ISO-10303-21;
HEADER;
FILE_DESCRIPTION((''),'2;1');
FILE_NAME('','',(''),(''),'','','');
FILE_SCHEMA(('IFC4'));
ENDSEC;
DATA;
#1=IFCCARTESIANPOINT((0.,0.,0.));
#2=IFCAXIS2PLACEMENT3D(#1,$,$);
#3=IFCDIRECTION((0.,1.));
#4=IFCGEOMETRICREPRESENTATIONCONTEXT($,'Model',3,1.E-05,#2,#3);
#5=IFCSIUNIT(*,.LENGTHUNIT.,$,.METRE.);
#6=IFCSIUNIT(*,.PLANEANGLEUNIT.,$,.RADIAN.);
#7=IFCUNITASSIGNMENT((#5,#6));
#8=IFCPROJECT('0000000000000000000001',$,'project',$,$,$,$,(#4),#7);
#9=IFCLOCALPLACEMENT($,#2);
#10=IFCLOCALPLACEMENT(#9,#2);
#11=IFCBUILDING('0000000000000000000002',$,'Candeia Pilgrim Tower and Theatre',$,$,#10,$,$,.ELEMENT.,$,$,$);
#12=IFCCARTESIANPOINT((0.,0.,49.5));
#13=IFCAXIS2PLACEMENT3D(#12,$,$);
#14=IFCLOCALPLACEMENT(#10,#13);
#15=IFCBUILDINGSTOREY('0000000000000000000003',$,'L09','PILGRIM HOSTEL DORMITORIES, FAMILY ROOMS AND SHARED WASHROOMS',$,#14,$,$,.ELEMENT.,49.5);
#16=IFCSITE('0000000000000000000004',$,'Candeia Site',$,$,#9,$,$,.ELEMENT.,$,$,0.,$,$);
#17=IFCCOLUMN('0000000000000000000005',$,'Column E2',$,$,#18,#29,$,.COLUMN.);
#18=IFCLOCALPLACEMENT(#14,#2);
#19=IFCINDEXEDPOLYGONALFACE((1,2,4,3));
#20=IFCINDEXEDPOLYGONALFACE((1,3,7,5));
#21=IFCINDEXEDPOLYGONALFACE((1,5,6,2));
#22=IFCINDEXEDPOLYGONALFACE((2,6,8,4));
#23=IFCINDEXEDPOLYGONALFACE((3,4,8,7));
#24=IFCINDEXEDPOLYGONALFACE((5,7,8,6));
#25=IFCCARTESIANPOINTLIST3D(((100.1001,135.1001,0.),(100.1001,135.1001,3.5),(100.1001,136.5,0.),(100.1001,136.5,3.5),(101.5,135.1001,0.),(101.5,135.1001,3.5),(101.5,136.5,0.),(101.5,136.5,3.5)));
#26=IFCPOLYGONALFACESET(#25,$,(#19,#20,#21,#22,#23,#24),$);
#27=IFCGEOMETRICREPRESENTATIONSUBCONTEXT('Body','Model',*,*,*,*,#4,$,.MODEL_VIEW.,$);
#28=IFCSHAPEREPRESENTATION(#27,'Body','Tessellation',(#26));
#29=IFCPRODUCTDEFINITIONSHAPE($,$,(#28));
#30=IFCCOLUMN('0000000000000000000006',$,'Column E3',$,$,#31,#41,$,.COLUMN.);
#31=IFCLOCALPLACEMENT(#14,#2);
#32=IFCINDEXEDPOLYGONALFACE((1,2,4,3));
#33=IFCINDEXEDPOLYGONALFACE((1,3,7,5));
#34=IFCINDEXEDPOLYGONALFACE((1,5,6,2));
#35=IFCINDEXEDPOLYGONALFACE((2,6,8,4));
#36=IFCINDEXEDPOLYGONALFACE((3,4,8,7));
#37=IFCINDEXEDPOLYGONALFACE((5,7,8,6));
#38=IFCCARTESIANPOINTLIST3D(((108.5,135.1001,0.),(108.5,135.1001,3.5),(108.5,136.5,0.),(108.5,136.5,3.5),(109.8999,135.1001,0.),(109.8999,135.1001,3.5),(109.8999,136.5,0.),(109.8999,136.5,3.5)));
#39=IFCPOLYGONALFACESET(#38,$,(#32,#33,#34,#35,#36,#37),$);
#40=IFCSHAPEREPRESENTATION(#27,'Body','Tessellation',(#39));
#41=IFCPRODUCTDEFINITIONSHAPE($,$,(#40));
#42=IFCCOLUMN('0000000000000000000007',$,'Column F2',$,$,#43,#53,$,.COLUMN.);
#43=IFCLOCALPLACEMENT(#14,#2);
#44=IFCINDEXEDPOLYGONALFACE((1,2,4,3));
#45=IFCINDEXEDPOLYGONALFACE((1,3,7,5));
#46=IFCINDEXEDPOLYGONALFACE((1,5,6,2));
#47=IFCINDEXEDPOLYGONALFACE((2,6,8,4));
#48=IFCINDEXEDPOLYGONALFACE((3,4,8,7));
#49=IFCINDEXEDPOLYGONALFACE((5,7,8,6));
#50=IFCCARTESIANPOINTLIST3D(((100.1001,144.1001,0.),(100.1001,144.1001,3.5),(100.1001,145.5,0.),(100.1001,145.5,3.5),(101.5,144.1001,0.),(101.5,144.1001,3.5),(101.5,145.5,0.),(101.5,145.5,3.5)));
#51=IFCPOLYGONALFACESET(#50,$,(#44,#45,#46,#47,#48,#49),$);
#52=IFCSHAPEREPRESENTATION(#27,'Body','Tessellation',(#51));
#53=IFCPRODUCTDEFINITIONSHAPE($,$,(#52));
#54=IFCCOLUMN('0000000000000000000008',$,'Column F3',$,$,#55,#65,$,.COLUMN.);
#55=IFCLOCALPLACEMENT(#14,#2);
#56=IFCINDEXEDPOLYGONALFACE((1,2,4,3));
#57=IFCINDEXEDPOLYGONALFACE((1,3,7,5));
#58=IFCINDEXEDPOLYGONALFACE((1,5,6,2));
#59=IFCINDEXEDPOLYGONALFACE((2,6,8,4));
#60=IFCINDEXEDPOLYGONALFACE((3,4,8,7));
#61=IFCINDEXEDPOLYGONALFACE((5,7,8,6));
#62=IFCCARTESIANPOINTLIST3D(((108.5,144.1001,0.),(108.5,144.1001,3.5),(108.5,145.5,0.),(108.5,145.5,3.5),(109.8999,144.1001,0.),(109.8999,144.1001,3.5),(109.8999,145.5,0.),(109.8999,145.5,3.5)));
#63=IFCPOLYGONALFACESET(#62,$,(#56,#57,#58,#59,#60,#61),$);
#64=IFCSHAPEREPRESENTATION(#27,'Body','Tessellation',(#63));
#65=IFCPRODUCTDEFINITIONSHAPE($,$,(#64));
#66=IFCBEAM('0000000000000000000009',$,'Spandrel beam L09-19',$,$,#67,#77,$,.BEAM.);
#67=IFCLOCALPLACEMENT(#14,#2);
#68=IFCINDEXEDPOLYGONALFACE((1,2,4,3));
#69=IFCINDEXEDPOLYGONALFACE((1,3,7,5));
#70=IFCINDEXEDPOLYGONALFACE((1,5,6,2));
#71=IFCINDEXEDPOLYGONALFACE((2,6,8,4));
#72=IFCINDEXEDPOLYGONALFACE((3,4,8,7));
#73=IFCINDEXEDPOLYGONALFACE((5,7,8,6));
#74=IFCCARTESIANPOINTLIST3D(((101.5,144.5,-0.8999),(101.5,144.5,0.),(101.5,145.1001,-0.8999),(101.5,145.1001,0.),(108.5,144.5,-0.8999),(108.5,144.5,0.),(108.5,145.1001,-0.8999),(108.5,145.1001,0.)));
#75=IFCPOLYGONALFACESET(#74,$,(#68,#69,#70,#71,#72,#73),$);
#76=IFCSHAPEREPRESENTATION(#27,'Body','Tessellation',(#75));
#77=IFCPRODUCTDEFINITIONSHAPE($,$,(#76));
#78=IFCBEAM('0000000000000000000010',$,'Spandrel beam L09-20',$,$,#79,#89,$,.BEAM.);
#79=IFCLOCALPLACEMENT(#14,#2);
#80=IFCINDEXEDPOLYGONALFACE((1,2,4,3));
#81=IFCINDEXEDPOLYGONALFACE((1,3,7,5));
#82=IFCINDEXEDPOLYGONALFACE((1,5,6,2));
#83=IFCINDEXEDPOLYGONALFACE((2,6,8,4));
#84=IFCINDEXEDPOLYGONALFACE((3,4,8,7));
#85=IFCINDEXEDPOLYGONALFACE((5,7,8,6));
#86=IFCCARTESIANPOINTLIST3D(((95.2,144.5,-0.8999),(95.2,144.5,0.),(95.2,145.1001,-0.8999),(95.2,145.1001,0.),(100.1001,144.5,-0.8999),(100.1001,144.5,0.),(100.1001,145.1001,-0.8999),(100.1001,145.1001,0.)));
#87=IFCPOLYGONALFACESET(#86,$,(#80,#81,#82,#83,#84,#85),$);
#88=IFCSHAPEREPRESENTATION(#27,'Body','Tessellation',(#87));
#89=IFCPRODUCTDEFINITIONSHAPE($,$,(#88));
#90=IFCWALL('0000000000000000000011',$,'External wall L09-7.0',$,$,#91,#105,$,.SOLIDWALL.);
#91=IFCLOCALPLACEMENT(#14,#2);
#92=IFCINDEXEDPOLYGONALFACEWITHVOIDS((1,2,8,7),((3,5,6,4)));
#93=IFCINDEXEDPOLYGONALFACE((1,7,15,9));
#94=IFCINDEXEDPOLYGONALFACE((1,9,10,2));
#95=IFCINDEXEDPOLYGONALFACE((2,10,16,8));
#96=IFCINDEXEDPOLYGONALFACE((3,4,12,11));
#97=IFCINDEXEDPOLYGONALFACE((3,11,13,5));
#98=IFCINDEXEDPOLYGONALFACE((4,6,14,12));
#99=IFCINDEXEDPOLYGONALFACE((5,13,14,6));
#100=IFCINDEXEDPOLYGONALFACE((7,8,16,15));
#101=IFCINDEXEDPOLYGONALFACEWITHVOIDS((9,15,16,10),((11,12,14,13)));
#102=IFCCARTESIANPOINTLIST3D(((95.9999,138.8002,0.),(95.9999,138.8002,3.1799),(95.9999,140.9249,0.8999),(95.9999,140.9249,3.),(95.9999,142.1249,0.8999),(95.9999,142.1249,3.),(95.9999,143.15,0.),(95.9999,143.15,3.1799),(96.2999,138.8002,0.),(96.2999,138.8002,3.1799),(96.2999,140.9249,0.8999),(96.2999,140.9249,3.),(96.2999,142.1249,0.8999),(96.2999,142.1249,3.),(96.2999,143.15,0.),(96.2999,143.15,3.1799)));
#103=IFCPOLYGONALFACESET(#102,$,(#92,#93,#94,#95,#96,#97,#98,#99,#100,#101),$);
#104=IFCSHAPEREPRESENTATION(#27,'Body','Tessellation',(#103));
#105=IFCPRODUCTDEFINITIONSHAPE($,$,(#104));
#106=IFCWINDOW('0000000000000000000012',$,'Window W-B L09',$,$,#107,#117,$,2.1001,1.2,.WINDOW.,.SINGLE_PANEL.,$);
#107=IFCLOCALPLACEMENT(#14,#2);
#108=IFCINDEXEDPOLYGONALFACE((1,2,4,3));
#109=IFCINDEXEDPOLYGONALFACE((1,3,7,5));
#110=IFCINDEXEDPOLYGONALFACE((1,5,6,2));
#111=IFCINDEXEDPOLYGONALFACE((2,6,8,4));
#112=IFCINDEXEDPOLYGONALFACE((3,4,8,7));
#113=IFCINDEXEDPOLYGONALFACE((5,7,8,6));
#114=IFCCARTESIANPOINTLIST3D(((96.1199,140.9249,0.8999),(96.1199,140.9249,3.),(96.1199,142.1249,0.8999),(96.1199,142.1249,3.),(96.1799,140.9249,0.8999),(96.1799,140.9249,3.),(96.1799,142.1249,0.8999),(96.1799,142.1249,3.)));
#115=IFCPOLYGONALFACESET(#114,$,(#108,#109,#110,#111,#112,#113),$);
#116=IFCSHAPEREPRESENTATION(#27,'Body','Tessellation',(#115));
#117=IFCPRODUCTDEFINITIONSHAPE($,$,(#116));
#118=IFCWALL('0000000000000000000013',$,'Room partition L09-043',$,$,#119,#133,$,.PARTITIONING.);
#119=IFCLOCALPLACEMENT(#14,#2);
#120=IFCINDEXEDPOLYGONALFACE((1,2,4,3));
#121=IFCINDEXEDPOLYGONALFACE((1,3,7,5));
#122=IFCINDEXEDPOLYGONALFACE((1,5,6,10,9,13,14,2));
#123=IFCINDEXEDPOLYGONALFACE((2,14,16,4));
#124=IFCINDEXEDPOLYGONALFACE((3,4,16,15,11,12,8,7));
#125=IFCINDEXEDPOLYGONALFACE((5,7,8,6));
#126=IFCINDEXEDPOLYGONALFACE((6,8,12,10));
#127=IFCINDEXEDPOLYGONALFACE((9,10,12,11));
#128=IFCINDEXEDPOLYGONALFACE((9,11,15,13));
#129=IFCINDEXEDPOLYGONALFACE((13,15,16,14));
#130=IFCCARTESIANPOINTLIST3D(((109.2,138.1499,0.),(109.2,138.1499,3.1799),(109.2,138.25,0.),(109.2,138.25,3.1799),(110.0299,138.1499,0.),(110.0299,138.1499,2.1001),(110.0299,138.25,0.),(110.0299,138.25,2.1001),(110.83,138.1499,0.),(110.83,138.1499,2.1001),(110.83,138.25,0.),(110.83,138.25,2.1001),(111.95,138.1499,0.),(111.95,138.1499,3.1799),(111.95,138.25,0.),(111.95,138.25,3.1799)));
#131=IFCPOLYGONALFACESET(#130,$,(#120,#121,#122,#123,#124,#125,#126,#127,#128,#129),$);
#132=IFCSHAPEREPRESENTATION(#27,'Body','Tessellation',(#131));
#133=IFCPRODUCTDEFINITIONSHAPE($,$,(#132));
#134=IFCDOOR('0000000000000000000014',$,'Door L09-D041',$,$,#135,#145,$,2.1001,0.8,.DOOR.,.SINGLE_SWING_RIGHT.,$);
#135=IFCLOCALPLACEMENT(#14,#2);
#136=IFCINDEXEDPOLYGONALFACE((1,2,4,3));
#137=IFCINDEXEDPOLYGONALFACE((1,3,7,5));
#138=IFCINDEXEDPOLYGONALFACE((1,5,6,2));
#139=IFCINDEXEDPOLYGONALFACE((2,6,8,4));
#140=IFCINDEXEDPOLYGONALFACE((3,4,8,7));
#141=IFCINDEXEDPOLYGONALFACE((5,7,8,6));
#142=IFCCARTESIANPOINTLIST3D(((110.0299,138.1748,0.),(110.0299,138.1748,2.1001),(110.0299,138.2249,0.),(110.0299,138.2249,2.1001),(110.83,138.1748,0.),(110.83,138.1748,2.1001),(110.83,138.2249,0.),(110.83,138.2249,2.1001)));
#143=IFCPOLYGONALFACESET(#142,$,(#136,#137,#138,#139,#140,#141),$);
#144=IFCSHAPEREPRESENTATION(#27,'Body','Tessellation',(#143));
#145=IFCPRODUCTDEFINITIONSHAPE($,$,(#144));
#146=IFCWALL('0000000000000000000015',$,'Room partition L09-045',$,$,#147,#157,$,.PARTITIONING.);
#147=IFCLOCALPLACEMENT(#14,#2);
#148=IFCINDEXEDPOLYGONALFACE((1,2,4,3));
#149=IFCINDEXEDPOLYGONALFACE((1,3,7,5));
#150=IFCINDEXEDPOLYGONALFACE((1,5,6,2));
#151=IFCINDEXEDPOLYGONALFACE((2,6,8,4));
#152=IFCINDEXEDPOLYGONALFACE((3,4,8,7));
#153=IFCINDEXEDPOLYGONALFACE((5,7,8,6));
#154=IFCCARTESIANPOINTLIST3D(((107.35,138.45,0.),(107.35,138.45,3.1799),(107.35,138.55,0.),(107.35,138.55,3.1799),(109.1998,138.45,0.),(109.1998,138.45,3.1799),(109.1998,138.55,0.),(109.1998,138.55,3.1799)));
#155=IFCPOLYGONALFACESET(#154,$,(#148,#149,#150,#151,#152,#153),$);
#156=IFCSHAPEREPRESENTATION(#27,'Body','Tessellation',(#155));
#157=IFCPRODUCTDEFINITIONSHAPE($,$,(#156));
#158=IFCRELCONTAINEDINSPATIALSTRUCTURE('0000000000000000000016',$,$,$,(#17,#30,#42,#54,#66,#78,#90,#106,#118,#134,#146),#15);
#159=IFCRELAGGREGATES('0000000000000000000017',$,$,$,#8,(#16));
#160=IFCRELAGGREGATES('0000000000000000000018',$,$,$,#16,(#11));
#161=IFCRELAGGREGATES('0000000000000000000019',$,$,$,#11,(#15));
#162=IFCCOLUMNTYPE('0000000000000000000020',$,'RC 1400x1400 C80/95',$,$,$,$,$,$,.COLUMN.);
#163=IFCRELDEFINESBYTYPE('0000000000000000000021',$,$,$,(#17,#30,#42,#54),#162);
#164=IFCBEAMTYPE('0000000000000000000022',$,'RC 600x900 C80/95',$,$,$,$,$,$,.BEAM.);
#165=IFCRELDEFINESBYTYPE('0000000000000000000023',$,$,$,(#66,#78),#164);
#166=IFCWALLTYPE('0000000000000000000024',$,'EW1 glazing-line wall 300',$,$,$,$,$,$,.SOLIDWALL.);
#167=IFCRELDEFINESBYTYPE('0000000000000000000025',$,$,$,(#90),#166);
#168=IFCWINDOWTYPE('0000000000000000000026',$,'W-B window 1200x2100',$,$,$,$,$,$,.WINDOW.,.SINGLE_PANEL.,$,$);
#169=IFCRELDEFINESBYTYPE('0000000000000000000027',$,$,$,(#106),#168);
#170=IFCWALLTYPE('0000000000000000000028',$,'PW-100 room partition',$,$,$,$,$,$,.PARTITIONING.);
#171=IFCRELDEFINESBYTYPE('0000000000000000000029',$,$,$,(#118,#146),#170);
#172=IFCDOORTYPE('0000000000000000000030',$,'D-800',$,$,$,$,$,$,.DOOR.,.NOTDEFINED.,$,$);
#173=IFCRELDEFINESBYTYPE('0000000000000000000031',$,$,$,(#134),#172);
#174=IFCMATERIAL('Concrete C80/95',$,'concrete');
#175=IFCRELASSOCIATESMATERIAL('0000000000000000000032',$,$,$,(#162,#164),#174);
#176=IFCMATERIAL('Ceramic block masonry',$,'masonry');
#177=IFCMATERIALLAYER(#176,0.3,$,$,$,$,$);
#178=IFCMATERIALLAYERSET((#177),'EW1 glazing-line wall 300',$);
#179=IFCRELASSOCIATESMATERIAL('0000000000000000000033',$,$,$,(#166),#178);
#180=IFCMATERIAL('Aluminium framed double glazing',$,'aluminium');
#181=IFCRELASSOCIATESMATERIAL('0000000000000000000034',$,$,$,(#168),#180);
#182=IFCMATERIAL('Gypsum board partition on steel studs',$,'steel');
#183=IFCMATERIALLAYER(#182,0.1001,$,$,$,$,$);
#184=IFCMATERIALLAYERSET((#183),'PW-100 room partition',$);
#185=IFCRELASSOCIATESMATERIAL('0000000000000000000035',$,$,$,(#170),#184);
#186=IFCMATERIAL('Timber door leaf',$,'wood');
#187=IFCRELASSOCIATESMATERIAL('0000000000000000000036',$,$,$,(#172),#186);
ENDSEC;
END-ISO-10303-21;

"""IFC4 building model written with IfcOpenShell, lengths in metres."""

from ifc_helpers import new_model, si_unit, direction, frame, frame_2d, origin, origin_2d, place, context, subcontext, project, spatial, rectangle, extrude, material, layer, layer_set, material_profile, profile_set, type_object, element, fill, save


model = new_model("IFC4")

# Units and contexts
model_context = context("Model", 3, precision=1e-05, world=origin(), true_north=direction((0.0, 1.0)))
body_context = subcontext(model_context, "Body", "Model", "MODEL_VIEW")
ifc_project = project(units=[si_unit("LENGTHUNIT", "METRE"), si_unit("PLANEANGLEUNIT", "RADIAN")], contexts=[model_context])

# Site, building, storey
site_placement = place(None, origin())
site = spatial("IfcSite", under=ifc_project, at=site_placement, Name="Candeia Site", CompositionType="ELEMENT", RefElevation=0.0)
building_placement = place(site_placement, origin())
building = spatial("IfcBuilding", under=site, at=building_placement, Name="Candeia Pilgrim Tower and Theatre", CompositionType="ELEMENT")
storey_placement = place(building_placement, frame((0.0, 0.0, 49.5)))
storey = spatial("IfcBuildingStorey", under=building, at=storey_placement, Name="L09", Description="PILGRIM HOSTEL DORMITORIES, FAMILY ROOMS AND SHARED WASHROOMS", CompositionType="ELEMENT", Elevation=49.5)

# Columns
ifc_material_1 = material(Name="Concrete C80/95", Category="concrete")
ifc_material_profile_1 = material_profile(ifc_material_1, rectangle(XDim=1.3999, YDim=1.3999, at=origin_2d()))
ifc_profile_set_1 = profile_set([ifc_material_profile_1], Name="Concrete C80/95")
column_type = type_object("IfcColumnType", Name="RC 1400x1400 C80/95", PredefinedType="COLUMN", material=ifc_profile_set_1)
for number, where, z_axis, x_axis, name in (
    (1, (100.8, 135.8, 0.0), (0.0, 0.0, 1.0), (1.0, 0.0, 0.0), "Column E2"),
    (2, (109.2, 135.8, 0.0), (0.0, 0.0, 1.0), (1.0, 0.0, 0.0), "Column E3"),
    (3, (100.8, 144.8, 0.0), (0.0, 0.0, 1.0), (1.0, 0.0, 0.0), "Column F2"),
    (4, (109.2, 144.8, 0.0), (0.0, 0.0, 1.0), (1.0, 0.0, 0.0), "Column F3"),
):
    element("IfcColumn", number, at=place(storey_placement, frame(where, z_axis=z_axis, x_axis=x_axis)), inside=storey, type_object=column_type, Name=name, PredefinedType="COLUMN", context=body_context, shape_type="SweptSolid", body=[
        extrude(rectangle(XDim=1.3999, YDim=1.3999, at=origin_2d()), origin(), (0.0, 0.0, 1.0), 3.5),
    ])

# Beams
ifc_material_profile_2 = material_profile(ifc_material_1, rectangle(XDim=0.6001, YDim=0.8999, at=origin_2d()))
ifc_profile_set_2 = profile_set([ifc_material_profile_2], Name="Concrete C80/95")
beam_type = type_object("IfcBeamType", Name="RC 600x900 C80/95", PredefinedType="BEAM", material=ifc_profile_set_2)
beam_1_placement = place(storey_placement, frame((108.5, 144.8, -0.45), z_axis=(-1.0, 0.0, 0.0), x_axis=(0.0, -1.0, 0.0)))
element("IfcBeam", 5, at=beam_1_placement, inside=storey, type_object=beam_type, Name="Spandrel beam L09-19", PredefinedType="BEAM", context=body_context, shape_type="SweptSolid", body=[
    extrude(rectangle(XDim=0.6001, YDim=0.8999, at=origin_2d()), origin(), (0.0, 0.0, 1.0), 7.0),
])
beam_2_placement = place(storey_placement, frame((100.1001, 144.8, -0.45), z_axis=(-1.0, 0.0, 0.0), x_axis=(0.0, -1.0, 0.0)))
element("IfcBeam", 6, at=beam_2_placement, inside=storey, type_object=beam_type, Name="Spandrel beam L09-20", PredefinedType="BEAM", context=body_context, shape_type="SweptSolid", body=[
    extrude(rectangle(XDim=0.6001, YDim=0.8999, at=origin_2d()), origin(), (0.0, 0.0, 1.0), 4.9001),
])

# Wall, opening, window
ifc_material_2 = material(Name="Ceramic block masonry", Category="masonry")
ifc_layer_1 = layer(ifc_material_2, 0.3)
ifc_layer_set_1 = layer_set([ifc_layer_1], Name="EW1 glazing-line wall 300")
wall_type_1 = type_object("IfcWallType", Name="EW1 glazing-line wall 300", PredefinedType="SOLIDWALL", material=ifc_layer_set_1)
wall_1_placement = place(storey_placement, frame((96.1499, 143.1499, 0.0), z_axis=(0.0, 0.0, 1.0), x_axis=(0.0, -1.0, 0.0)))
wall_1 = element("IfcWall", 7, at=wall_1_placement, inside=storey, type_object=wall_type_1, Name="External wall L09-7.0", PredefinedType="SOLIDWALL", context=body_context, shape_type="SweptSolid", body=[
    extrude(rectangle(XDim=4.3499, YDim=0.3, at=frame_2d((2.1748, 0.0))), origin(), (0.0, 0.0, 1.0), 3.1799),
])
opening_1_placement = place(wall_1_placement, frame((1.0249, 0.0, 0.8999)))
opening_1 = element("IfcOpeningElement", 8, at=opening_1_placement, cuts=wall_1, PredefinedType="OPENING", context=body_context, shape_type="SweptSolid", body=[
    extrude(rectangle(XDim=1.2, YDim=2.1001, at=frame_2d((0.6001, 1.05))), frame((0.0, 0.1602, 0.0), z_axis=(0.0, -1.0, 0.0), x_axis=(1.0, 0.0, 0.0)), (0.0, 0.0, 1.0), 0.3201),
])
ifc_material_3 = material(Name="Aluminium framed double glazing", Category="aluminium")
window_type = type_object("IfcWindowType", Name="W-B window 1200x2100", PartitioningType="SINGLE_PANEL", PredefinedType="WINDOW", material=ifc_material_3)
window_placement = place(opening_1_placement, origin())
window = element("IfcWindow", 9, at=window_placement, inside=storey, type_object=window_type, Name="Window W-B L09", OverallHeight=2.1001, OverallWidth=1.2, PartitioningType="SINGLE_PANEL", PredefinedType="WINDOW", context=body_context, shape_type="SweptSolid", body=[
    extrude(rectangle(XDim=1.2, YDim=2.1001, at=frame_2d((0.6001, 1.05))), frame((0.0, 0.03, 0.0), z_axis=(0.0, -1.0, 0.0), x_axis=(1.0, 0.0, 0.0)), (0.0, 0.0, 1.0), 0.0601),
])
fill(opening_1, window)

# Wall, opening, door
ifc_material_4 = material(Name="Gypsum board partition on steel studs", Category="steel")
ifc_layer_2 = layer(ifc_material_4, 0.1001)
ifc_layer_set_2 = layer_set([ifc_layer_2], Name="PW-100 room partition")
wall_type_2 = type_object("IfcWallType", Name="PW-100 room partition", PredefinedType="PARTITIONING", material=ifc_layer_set_2)
wall_2_placement = place(storey_placement, frame((109.2, 138.2, 0.0), z_axis=(0.0, 0.0, 1.0), x_axis=(1.0, 0.0, 0.0)))
wall_2 = element("IfcWall", 10, at=wall_2_placement, inside=storey, type_object=wall_type_2, Name="Room partition L09-043", PredefinedType="PARTITIONING", context=body_context, shape_type="SweptSolid", body=[
    extrude(rectangle(XDim=2.75, YDim=0.1001, at=frame_2d((1.375, 0.0))), origin(), (0.0, 0.0, 1.0), 3.1799),
])
opening_2_placement = place(wall_2_placement, frame((0.8301, 0.0, 0.0)))
opening_2 = element("IfcOpeningElement", 11, at=opening_2_placement, cuts=wall_2, PredefinedType="OPENING", context=body_context, shape_type="SweptSolid", body=[
    extrude(rectangle(XDim=0.8, YDim=2.1001, at=frame_2d((0.3999, 1.05))), frame((0.0, 0.0601, 0.0), z_axis=(0.0, -1.0, 0.0), x_axis=(1.0, 0.0, 0.0)), (0.0, 0.0, 1.0), 0.1201),
])
ifc_material_5 = material(Name="Timber door leaf", Category="wood")
door_type_1 = type_object("IfcDoorType", Name="D-800", OperationType="NOTDEFINED", PredefinedType="DOOR", material=ifc_material_5)
door_1_placement = place(opening_2_placement, origin())
door_1 = element("IfcDoor", 12, at=door_1_placement, inside=storey, type_object=door_type_1, Name="Door L09-D041", OperationType="SINGLE_SWING_RIGHT", OverallHeight=2.1001, OverallWidth=0.8, PredefinedType="DOOR", context=body_context, shape_type="SweptSolid", body=[
    extrude(rectangle(XDim=0.8, YDim=2.1001, at=frame_2d((0.3999, 1.05))), frame((0.0, 0.0249, 0.0), z_axis=(0.0, -1.0, 0.0), x_axis=(1.0, 0.0, 0.0)), (0.0, 0.0, 1.0), 0.05),
])
fill(opening_2, door_1)

# Wall
wall_3_placement = place(storey_placement, frame((107.3501, 138.5, 0.0), z_axis=(0.0, 0.0, 1.0), x_axis=(1.0, 0.0, 0.0)))
element("IfcWall", 13, at=wall_3_placement, inside=storey, type_object=wall_type_2, Name="Room partition L09-045", PredefinedType="PARTITIONING", context=body_context, shape_type="SweptSolid", body=[
    extrude(rectangle(XDim=1.8499, YDim=0.1001, at=frame_2d((0.9248, 0.0))), origin(), (0.0, 0.0, 1.0), 3.1799),
])

save(model, "model.ifc")
